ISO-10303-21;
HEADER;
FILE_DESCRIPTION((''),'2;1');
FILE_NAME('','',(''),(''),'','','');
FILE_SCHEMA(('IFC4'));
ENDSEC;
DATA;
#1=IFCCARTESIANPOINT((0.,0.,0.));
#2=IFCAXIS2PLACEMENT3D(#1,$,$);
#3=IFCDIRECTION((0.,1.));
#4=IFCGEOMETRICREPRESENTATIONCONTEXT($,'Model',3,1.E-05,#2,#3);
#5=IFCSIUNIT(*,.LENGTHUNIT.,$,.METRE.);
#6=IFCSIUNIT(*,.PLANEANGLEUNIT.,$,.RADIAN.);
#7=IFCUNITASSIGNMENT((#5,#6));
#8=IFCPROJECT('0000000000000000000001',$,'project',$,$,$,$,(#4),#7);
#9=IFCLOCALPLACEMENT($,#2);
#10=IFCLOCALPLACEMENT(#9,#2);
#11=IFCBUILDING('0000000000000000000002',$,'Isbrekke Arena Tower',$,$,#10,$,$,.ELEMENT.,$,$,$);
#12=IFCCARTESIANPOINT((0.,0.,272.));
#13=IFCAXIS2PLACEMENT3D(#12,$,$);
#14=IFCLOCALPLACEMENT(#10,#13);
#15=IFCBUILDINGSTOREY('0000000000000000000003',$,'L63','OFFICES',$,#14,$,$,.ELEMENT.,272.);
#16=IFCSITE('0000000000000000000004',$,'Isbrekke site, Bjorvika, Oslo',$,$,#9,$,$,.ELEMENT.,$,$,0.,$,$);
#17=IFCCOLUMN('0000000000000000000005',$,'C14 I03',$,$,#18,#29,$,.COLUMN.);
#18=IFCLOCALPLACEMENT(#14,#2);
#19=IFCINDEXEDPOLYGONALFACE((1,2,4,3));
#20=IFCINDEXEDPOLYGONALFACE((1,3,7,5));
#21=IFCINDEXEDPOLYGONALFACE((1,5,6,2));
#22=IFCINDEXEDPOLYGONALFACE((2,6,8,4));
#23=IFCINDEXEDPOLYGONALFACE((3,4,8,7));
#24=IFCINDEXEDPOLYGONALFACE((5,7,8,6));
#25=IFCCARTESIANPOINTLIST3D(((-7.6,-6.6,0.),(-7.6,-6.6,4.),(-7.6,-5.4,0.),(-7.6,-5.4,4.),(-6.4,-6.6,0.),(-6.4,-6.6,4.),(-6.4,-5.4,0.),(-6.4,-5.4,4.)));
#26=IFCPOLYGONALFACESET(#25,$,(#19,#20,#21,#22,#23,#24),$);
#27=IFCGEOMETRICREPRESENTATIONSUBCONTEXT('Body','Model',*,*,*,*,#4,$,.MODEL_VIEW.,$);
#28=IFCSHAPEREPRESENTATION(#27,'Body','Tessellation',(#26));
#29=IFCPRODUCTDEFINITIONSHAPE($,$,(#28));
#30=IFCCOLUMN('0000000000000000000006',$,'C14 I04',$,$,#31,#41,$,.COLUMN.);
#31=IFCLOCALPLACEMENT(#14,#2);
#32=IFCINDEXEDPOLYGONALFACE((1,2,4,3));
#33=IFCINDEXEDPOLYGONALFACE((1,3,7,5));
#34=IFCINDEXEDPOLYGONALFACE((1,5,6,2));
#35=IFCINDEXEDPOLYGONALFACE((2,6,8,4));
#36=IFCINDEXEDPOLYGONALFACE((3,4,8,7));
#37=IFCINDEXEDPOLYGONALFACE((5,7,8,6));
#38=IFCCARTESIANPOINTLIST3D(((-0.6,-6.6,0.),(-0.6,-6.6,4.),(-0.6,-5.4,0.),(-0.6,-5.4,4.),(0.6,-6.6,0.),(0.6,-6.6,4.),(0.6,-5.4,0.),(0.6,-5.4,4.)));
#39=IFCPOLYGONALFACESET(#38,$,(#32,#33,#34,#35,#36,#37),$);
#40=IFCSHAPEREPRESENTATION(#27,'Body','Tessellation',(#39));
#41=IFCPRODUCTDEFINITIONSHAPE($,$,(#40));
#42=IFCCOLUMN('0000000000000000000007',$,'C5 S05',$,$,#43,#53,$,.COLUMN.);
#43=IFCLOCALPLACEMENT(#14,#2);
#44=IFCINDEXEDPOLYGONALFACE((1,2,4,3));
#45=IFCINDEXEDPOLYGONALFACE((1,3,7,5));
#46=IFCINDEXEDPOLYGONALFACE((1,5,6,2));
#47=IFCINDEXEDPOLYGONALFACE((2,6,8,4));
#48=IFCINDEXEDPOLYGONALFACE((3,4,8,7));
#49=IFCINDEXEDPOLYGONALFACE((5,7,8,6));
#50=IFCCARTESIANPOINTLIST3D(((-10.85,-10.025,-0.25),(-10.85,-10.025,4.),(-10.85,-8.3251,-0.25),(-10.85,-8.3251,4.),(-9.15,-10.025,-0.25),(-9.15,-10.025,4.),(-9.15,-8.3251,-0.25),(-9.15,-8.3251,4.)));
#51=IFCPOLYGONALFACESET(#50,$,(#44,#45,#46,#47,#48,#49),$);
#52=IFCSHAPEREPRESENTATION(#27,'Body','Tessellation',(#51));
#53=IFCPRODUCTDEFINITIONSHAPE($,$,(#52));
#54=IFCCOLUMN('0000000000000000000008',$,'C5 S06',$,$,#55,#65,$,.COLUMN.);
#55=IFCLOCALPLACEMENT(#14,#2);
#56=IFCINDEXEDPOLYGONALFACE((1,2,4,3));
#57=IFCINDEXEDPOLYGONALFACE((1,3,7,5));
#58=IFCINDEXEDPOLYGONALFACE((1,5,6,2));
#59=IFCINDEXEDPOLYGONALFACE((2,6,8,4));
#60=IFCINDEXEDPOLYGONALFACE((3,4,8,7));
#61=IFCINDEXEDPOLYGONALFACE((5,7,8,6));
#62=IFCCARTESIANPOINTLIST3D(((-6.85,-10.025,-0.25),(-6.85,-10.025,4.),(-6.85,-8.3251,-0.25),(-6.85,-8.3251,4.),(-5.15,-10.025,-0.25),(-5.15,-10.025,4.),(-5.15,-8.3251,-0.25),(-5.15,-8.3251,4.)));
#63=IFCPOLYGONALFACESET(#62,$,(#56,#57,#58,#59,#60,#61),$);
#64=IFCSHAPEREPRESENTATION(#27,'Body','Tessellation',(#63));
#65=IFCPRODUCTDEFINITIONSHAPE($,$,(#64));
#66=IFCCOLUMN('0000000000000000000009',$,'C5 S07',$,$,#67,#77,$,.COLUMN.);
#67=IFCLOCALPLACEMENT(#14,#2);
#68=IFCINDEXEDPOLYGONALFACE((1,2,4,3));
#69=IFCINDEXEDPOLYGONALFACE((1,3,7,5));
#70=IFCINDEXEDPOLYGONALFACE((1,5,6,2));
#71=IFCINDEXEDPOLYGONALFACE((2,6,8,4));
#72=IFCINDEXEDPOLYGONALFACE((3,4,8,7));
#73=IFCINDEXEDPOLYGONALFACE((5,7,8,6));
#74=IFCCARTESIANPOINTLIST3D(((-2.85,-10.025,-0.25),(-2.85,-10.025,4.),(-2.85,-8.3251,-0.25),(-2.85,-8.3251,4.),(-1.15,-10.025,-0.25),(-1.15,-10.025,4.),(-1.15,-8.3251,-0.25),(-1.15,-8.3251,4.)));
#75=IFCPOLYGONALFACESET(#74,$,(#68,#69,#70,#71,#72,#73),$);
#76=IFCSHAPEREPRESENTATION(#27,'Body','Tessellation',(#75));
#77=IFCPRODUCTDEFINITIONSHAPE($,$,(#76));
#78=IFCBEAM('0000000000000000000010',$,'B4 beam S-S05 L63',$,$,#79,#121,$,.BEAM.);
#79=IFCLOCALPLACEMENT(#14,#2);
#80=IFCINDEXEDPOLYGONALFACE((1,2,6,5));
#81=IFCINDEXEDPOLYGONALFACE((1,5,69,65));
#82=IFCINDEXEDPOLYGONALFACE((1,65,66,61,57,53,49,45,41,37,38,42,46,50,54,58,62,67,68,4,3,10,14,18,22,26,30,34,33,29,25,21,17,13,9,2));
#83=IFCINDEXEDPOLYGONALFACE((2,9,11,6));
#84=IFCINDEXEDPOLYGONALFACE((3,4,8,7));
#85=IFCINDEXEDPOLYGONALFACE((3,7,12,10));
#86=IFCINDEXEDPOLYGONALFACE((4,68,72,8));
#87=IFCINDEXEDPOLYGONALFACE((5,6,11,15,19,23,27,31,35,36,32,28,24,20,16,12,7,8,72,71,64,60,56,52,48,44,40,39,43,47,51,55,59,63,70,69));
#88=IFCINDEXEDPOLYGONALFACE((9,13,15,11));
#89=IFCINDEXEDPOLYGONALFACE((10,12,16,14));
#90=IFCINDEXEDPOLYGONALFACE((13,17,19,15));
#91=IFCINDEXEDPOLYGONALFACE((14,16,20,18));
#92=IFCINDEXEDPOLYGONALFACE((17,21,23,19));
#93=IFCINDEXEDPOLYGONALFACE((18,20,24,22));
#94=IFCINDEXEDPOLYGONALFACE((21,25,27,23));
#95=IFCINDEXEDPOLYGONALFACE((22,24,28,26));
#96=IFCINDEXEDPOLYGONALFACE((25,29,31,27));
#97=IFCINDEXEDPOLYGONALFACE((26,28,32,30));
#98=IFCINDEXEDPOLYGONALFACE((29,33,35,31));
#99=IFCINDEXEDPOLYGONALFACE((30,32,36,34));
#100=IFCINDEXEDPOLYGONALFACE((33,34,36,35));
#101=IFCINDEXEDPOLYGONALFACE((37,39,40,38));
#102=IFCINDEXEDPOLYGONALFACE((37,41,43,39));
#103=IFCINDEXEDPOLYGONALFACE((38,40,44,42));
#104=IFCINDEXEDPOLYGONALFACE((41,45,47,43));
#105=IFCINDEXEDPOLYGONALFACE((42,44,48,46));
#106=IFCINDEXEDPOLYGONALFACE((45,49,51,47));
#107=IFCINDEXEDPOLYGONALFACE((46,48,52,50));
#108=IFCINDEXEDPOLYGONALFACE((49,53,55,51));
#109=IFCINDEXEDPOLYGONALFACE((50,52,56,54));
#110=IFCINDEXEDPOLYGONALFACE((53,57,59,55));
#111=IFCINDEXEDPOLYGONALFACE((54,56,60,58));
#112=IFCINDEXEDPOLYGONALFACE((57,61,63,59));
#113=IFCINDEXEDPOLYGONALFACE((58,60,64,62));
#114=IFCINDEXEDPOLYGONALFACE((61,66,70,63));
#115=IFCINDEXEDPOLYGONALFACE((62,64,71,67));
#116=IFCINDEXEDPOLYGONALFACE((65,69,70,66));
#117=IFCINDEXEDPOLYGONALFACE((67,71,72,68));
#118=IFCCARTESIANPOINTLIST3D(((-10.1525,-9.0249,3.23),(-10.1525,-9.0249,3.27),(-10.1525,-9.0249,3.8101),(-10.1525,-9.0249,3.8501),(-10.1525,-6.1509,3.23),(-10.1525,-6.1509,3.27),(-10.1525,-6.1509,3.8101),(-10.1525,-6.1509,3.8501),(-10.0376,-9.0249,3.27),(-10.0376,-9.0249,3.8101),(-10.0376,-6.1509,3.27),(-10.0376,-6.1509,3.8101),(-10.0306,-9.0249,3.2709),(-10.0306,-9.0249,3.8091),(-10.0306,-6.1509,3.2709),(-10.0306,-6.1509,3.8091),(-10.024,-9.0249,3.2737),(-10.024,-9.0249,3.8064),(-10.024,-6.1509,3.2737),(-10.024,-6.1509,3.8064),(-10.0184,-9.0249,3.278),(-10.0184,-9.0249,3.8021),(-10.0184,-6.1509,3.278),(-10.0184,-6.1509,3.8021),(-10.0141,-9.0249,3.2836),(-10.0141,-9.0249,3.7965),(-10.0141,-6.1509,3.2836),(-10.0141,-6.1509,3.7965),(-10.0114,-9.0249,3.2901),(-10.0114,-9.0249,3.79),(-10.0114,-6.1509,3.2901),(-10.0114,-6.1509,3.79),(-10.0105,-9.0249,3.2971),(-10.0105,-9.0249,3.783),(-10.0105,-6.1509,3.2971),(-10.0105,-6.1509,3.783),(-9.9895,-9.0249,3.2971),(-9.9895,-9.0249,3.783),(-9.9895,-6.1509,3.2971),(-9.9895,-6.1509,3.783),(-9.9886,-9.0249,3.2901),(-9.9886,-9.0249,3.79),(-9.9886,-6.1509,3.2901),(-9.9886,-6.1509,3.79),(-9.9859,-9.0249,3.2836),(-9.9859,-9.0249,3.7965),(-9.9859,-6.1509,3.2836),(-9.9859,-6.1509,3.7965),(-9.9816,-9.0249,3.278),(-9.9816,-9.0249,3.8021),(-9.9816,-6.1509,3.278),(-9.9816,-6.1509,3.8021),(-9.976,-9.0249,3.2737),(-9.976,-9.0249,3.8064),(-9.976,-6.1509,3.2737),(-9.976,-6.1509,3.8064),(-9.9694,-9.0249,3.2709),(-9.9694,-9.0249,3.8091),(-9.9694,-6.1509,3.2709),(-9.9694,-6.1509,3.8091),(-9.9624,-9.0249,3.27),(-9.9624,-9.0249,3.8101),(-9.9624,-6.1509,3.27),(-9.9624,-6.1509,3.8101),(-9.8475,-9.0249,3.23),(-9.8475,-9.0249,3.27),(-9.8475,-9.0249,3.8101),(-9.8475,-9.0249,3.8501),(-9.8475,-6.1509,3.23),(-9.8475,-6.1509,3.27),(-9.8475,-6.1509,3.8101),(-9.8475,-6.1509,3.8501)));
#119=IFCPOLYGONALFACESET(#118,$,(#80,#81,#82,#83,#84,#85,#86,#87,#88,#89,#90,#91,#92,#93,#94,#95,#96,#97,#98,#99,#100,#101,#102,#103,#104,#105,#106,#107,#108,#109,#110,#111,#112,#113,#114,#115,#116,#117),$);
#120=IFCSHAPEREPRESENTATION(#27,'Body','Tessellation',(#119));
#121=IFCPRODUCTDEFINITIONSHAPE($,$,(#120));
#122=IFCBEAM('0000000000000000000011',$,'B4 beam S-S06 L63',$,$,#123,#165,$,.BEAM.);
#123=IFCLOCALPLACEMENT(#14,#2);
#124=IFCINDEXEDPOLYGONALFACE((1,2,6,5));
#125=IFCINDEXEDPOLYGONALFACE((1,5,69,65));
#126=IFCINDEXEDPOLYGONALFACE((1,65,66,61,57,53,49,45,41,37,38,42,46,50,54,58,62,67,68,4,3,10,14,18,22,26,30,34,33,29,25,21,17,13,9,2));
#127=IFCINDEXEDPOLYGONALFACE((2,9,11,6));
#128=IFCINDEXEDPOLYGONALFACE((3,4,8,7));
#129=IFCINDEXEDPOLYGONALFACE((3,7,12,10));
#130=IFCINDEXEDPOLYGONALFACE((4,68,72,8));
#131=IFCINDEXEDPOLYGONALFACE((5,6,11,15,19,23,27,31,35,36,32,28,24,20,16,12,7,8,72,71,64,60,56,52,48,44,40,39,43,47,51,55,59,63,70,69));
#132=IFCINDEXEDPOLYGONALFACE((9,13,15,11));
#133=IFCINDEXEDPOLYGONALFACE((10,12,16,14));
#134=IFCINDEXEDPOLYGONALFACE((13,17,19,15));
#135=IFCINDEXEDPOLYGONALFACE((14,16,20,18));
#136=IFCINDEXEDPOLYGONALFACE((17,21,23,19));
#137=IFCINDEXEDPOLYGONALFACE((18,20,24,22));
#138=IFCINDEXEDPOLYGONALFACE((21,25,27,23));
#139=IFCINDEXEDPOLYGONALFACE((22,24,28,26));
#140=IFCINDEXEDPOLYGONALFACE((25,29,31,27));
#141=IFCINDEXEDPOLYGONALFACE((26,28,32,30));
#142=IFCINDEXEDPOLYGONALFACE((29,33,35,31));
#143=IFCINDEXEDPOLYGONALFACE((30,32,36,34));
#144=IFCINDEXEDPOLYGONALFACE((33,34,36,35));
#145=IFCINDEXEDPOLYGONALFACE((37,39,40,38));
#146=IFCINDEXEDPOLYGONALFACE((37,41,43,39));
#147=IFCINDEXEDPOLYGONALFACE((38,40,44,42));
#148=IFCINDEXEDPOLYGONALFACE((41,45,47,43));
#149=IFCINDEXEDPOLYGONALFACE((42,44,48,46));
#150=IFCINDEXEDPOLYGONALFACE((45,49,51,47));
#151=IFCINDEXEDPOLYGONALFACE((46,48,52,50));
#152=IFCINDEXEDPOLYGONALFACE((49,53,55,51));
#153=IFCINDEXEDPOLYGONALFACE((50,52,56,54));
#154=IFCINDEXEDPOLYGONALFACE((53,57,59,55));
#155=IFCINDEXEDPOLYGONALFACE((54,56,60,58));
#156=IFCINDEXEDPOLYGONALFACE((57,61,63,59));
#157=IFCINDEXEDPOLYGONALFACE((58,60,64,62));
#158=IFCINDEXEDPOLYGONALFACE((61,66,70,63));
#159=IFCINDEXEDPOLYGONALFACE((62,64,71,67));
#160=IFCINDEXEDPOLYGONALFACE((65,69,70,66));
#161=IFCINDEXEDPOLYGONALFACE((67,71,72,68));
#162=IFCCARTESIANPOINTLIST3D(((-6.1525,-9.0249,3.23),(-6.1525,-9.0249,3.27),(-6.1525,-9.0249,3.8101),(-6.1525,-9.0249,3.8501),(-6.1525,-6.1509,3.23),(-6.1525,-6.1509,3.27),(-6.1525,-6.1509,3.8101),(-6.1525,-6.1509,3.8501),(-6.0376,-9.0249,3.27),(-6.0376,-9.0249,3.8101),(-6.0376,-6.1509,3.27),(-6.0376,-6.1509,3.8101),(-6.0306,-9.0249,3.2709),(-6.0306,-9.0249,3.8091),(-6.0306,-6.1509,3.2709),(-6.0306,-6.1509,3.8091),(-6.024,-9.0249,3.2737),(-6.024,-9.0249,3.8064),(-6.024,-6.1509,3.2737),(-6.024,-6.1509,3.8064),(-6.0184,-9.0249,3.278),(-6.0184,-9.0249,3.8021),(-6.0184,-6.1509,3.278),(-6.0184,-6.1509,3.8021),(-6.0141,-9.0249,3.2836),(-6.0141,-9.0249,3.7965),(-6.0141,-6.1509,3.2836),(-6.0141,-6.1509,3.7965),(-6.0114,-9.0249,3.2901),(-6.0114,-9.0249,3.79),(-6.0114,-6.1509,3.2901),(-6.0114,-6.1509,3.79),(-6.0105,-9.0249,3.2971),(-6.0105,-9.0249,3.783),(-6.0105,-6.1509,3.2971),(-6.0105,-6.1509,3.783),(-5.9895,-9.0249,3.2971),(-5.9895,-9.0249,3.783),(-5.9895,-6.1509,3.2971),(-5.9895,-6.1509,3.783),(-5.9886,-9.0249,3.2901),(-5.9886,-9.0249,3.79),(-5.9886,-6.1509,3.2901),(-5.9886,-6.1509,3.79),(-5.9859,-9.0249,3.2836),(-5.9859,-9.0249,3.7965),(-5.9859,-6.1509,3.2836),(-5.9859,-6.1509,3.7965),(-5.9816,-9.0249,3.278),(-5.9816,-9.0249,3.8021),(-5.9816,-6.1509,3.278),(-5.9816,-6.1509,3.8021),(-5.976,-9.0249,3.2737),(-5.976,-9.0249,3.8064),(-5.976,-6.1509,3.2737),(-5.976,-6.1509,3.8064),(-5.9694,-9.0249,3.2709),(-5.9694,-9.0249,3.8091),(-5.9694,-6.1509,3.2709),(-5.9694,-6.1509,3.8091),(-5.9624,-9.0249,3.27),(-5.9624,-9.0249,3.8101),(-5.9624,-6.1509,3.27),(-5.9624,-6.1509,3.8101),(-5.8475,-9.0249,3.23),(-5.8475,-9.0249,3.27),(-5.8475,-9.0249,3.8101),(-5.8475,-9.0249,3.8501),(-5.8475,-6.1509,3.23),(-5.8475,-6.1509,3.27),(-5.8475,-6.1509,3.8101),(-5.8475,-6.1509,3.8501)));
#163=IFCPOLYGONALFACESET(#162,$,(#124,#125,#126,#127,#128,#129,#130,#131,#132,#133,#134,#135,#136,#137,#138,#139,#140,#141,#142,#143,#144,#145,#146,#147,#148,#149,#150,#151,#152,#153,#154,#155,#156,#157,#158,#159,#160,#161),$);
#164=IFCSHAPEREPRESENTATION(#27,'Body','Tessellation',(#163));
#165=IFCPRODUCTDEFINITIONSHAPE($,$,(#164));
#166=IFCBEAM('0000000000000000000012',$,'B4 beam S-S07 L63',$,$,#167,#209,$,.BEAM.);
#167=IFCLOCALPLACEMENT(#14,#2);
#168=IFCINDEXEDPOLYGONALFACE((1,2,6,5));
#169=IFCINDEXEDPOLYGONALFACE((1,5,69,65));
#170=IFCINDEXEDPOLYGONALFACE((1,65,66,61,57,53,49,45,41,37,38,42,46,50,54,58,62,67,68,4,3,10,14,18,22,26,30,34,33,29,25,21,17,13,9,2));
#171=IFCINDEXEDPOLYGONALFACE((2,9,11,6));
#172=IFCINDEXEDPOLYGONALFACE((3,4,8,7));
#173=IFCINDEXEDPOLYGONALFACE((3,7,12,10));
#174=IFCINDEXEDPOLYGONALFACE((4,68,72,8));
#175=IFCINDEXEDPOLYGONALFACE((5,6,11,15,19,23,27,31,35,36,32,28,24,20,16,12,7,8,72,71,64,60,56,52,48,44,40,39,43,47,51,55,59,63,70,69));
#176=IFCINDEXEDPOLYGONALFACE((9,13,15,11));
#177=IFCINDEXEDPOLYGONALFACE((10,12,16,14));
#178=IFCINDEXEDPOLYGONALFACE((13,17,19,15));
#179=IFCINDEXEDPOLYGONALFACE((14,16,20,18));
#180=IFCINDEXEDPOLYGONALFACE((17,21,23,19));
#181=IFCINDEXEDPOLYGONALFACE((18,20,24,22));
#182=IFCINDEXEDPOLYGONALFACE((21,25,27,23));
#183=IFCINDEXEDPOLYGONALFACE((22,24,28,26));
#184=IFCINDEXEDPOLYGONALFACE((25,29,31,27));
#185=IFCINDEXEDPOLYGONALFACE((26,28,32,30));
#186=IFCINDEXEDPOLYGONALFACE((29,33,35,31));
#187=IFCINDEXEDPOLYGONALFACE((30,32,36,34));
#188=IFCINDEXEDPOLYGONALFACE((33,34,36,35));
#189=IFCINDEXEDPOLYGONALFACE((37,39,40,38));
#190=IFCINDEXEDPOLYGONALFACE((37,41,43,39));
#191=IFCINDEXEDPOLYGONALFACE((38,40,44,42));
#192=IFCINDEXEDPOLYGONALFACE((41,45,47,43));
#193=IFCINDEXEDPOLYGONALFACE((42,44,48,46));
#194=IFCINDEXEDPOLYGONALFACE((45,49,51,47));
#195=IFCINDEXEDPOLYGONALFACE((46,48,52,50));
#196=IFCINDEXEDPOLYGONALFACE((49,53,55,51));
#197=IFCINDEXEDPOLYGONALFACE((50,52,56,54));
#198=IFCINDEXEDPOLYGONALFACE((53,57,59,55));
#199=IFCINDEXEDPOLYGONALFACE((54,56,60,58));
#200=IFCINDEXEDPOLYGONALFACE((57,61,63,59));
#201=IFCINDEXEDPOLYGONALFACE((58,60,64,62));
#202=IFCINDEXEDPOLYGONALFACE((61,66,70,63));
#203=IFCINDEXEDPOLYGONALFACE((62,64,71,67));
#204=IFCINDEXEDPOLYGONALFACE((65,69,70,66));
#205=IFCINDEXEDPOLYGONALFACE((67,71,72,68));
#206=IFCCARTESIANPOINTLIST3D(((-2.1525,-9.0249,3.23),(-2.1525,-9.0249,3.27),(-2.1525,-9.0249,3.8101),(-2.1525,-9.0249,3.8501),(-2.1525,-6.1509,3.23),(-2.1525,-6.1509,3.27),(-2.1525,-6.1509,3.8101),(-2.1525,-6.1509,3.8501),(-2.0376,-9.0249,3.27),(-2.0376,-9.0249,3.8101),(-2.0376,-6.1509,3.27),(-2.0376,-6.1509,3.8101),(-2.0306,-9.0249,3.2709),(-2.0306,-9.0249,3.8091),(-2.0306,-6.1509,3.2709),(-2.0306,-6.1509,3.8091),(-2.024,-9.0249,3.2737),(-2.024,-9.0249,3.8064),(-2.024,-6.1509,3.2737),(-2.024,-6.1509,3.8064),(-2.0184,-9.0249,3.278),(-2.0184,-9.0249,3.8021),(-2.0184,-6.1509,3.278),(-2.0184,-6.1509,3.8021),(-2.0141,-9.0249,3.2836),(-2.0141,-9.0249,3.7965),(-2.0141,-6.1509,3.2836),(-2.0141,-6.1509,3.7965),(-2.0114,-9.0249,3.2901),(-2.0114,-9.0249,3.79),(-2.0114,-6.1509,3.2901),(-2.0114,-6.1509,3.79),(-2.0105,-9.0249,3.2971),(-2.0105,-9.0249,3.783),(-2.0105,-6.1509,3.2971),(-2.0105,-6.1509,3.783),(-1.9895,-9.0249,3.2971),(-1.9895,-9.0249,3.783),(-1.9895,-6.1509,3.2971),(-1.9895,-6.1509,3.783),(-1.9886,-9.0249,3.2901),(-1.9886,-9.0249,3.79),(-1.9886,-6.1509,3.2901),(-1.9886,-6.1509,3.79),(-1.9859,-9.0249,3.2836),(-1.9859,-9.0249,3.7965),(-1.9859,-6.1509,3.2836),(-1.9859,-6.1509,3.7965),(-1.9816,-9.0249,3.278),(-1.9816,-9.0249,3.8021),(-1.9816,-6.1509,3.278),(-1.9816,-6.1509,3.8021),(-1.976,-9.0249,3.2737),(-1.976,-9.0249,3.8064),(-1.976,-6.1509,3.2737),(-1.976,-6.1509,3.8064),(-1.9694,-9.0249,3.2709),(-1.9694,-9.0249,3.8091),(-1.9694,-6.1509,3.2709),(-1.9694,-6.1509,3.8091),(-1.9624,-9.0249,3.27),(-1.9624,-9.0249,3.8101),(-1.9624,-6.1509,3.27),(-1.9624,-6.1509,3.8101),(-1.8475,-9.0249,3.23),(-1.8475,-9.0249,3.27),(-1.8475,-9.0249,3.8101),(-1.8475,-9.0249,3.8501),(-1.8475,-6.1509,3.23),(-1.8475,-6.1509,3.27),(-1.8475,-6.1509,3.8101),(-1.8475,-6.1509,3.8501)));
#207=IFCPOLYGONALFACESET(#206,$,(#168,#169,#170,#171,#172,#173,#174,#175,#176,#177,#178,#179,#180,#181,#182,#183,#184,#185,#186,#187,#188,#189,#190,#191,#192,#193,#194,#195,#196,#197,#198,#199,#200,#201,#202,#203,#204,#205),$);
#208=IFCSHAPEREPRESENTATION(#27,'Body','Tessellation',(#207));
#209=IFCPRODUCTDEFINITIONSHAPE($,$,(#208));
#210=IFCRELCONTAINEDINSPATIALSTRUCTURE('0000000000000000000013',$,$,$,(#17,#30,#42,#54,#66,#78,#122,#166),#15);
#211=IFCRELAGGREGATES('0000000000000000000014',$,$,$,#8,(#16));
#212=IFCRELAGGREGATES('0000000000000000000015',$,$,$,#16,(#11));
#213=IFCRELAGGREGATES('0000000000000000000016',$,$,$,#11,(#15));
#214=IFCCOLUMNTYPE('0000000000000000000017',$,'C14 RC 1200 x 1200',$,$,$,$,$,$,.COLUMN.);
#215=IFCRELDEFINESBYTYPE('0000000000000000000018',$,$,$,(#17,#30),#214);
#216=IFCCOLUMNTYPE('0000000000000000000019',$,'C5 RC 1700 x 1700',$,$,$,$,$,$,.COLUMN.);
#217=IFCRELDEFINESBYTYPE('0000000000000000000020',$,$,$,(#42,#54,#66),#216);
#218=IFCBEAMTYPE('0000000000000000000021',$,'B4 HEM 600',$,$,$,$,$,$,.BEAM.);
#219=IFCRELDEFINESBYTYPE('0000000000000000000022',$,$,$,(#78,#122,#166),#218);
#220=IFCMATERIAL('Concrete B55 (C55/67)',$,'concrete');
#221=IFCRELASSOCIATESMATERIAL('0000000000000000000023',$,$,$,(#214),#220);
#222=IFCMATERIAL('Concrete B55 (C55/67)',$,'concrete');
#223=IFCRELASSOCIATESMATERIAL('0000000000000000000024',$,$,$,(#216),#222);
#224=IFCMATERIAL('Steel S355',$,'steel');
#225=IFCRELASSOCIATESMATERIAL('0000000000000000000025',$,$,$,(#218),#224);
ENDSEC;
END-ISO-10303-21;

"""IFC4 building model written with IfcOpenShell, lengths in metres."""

from ifc_helpers import new_model, si_unit, direction, frame, origin, origin_2d, place, context, subcontext, project, spatial, rectangle, i_section, extrude, material, material_profile, profile_set, type_object, element, save


model = new_model("IFC4")

# Units and contexts
model_context = context("Model", 3, precision=1e-05, world=origin(), true_north=direction((0.0, 1.0)))
body_context = subcontext(model_context, "Body", "Model", "MODEL_VIEW")
ifc_project = project(units=[si_unit("LENGTHUNIT", "METRE"), si_unit("PLANEANGLEUNIT", "RADIAN")], contexts=[model_context])

# Site, building, storey
site_placement = place(None, origin())
site = spatial("IfcSite", under=ifc_project, at=site_placement, Name="Isbrekke site, Bjorvika, Oslo", CompositionType="ELEMENT", RefElevation=0.0)
building_placement = place(site_placement, origin())
building = spatial("IfcBuilding", under=site, at=building_placement, Name="Isbrekke Arena Tower", CompositionType="ELEMENT")
storey_placement = place(building_placement, frame((0.0, 0.0, 272.0)))
storey = spatial("IfcBuildingStorey", under=building, at=storey_placement, Name="L63", Description="OFFICES", CompositionType="ELEMENT", Elevation=272.0)

# Columns
ifc_material_1 = material(Name="Concrete B55 (C55/67)", Category="concrete")
ifc_material_profile_1 = material_profile(ifc_material_1, rectangle(XDim=1.2, YDim=1.2, at=origin_2d()), Name="RC 1200x1200")
ifc_profile_set_1 = profile_set([ifc_material_profile_1], Name="Concrete B55 (C55/67)")
column_type_1 = type_object("IfcColumnType", Name="C14 RC 1200 x 1200", PredefinedType="COLUMN", material=ifc_profile_set_1)
for number, where, z_axis, x_axis, name in (
    (1, (-7.0, -6.0, 0.0), (0.0, 0.0, 1.0), (1.0, 0.0, 0.0), "C14 I03"),
    (2, (0.0, -6.0, 0.0), (0.0, 0.0, 1.0), (1.0, 0.0, 0.0), "C14 I04"),
):
    element("IfcColumn", number, at=place(storey_placement, frame(where, z_axis=z_axis, x_axis=x_axis)), inside=storey, type_object=column_type_1, Name=name, PredefinedType="COLUMN", context=body_context, shape_type="SweptSolid", body=[
        extrude(rectangle(XDim=1.2, YDim=1.2, at=origin_2d()), origin(), (0.0, 0.0, 1.0), 4.0),
    ])
ifc_material_2 = material(Name="Concrete B55 (C55/67)", Category="concrete")
ifc_material_profile_2 = material_profile(ifc_material_2, rectangle(XDim=1.7, YDim=1.7, at=origin_2d()), Name="RC 1700x1700")
ifc_profile_set_2 = profile_set([ifc_material_profile_2], Name="Concrete B55 (C55/67)")
column_type_2 = type_object("IfcColumnType", Name="C5 RC 1700 x 1700", PredefinedType="COLUMN", material=ifc_profile_set_2)
for number, where, z_axis, x_axis, name in (
    (3, (-10.0, -9.175, -0.25), (0.0, 0.0, 1.0), (1.0, 0.0, 0.0), "C5 S05"),
    (4, (-6.0, -9.175, -0.25), (0.0, 0.0, 1.0), (1.0, 0.0, 0.0), "C5 S06"),
    (5, (-2.0, -9.175, -0.25), (0.0, 0.0, 1.0), (1.0, 0.0, 0.0), "C5 S07"),
):
    element("IfcColumn", number, at=place(storey_placement, frame(where, z_axis=z_axis, x_axis=x_axis)), inside=storey, type_object=column_type_2, Name=name, PredefinedType="COLUMN", context=body_context, shape_type="SweptSolid", body=[
        extrude(rectangle(XDim=1.7, YDim=1.7, at=origin_2d()), origin(), (0.0, 0.0, 1.0), 4.25),
    ])

# Beams
ifc_material_3 = material(Name="Steel S355", Category="steel")
ifc_material_profile_3 = material_profile(ifc_material_3, i_section(OverallWidth=0.3049, OverallDepth=0.6201, WebThickness=0.021, FlangeThickness=0.04, FilletRadius=0.0271, at=origin_2d()), Name="HEM 600")
ifc_profile_set_3 = profile_set([ifc_material_profile_3], Name="Steel S355")
beam_type_1 = type_object("IfcBeamType", Name="B4 HEM 600", PredefinedType="BEAM", material=ifc_profile_set_3)
for number, where, z_axis, x_axis, name in (
    (6, (-10.0, -9.0249, 3.54), (0.0, 1.0, 0.0), (-1.0, 0.0, 0.0), "B4 beam S-S05 L63"),
    (7, (-6.0, -9.0249, 3.54), (0.0, 1.0, 0.0), (-1.0, 0.0, 0.0), "B4 beam S-S06 L63"),
    (8, (-2.0, -9.0249, 3.54), (0.0, 1.0, 0.0), (-1.0, 0.0, 0.0), "B4 beam S-S07 L63"),
):
    element("IfcBeam", number, at=place(storey_placement, frame(where, z_axis=z_axis, x_axis=x_axis)), inside=storey, type_object=beam_type_1, Name=name, PredefinedType="BEAM", context=body_context, shape_type="SweptSolid", body=[
        extrude(i_section(OverallWidth=0.3049, OverallDepth=0.6201, WebThickness=0.021, FlangeThickness=0.04, FilletRadius=0.0271, at=origin_2d()), origin(), (0.0, 0.0, 1.0), 2.874),
    ])

save(model, "model.ifc")
